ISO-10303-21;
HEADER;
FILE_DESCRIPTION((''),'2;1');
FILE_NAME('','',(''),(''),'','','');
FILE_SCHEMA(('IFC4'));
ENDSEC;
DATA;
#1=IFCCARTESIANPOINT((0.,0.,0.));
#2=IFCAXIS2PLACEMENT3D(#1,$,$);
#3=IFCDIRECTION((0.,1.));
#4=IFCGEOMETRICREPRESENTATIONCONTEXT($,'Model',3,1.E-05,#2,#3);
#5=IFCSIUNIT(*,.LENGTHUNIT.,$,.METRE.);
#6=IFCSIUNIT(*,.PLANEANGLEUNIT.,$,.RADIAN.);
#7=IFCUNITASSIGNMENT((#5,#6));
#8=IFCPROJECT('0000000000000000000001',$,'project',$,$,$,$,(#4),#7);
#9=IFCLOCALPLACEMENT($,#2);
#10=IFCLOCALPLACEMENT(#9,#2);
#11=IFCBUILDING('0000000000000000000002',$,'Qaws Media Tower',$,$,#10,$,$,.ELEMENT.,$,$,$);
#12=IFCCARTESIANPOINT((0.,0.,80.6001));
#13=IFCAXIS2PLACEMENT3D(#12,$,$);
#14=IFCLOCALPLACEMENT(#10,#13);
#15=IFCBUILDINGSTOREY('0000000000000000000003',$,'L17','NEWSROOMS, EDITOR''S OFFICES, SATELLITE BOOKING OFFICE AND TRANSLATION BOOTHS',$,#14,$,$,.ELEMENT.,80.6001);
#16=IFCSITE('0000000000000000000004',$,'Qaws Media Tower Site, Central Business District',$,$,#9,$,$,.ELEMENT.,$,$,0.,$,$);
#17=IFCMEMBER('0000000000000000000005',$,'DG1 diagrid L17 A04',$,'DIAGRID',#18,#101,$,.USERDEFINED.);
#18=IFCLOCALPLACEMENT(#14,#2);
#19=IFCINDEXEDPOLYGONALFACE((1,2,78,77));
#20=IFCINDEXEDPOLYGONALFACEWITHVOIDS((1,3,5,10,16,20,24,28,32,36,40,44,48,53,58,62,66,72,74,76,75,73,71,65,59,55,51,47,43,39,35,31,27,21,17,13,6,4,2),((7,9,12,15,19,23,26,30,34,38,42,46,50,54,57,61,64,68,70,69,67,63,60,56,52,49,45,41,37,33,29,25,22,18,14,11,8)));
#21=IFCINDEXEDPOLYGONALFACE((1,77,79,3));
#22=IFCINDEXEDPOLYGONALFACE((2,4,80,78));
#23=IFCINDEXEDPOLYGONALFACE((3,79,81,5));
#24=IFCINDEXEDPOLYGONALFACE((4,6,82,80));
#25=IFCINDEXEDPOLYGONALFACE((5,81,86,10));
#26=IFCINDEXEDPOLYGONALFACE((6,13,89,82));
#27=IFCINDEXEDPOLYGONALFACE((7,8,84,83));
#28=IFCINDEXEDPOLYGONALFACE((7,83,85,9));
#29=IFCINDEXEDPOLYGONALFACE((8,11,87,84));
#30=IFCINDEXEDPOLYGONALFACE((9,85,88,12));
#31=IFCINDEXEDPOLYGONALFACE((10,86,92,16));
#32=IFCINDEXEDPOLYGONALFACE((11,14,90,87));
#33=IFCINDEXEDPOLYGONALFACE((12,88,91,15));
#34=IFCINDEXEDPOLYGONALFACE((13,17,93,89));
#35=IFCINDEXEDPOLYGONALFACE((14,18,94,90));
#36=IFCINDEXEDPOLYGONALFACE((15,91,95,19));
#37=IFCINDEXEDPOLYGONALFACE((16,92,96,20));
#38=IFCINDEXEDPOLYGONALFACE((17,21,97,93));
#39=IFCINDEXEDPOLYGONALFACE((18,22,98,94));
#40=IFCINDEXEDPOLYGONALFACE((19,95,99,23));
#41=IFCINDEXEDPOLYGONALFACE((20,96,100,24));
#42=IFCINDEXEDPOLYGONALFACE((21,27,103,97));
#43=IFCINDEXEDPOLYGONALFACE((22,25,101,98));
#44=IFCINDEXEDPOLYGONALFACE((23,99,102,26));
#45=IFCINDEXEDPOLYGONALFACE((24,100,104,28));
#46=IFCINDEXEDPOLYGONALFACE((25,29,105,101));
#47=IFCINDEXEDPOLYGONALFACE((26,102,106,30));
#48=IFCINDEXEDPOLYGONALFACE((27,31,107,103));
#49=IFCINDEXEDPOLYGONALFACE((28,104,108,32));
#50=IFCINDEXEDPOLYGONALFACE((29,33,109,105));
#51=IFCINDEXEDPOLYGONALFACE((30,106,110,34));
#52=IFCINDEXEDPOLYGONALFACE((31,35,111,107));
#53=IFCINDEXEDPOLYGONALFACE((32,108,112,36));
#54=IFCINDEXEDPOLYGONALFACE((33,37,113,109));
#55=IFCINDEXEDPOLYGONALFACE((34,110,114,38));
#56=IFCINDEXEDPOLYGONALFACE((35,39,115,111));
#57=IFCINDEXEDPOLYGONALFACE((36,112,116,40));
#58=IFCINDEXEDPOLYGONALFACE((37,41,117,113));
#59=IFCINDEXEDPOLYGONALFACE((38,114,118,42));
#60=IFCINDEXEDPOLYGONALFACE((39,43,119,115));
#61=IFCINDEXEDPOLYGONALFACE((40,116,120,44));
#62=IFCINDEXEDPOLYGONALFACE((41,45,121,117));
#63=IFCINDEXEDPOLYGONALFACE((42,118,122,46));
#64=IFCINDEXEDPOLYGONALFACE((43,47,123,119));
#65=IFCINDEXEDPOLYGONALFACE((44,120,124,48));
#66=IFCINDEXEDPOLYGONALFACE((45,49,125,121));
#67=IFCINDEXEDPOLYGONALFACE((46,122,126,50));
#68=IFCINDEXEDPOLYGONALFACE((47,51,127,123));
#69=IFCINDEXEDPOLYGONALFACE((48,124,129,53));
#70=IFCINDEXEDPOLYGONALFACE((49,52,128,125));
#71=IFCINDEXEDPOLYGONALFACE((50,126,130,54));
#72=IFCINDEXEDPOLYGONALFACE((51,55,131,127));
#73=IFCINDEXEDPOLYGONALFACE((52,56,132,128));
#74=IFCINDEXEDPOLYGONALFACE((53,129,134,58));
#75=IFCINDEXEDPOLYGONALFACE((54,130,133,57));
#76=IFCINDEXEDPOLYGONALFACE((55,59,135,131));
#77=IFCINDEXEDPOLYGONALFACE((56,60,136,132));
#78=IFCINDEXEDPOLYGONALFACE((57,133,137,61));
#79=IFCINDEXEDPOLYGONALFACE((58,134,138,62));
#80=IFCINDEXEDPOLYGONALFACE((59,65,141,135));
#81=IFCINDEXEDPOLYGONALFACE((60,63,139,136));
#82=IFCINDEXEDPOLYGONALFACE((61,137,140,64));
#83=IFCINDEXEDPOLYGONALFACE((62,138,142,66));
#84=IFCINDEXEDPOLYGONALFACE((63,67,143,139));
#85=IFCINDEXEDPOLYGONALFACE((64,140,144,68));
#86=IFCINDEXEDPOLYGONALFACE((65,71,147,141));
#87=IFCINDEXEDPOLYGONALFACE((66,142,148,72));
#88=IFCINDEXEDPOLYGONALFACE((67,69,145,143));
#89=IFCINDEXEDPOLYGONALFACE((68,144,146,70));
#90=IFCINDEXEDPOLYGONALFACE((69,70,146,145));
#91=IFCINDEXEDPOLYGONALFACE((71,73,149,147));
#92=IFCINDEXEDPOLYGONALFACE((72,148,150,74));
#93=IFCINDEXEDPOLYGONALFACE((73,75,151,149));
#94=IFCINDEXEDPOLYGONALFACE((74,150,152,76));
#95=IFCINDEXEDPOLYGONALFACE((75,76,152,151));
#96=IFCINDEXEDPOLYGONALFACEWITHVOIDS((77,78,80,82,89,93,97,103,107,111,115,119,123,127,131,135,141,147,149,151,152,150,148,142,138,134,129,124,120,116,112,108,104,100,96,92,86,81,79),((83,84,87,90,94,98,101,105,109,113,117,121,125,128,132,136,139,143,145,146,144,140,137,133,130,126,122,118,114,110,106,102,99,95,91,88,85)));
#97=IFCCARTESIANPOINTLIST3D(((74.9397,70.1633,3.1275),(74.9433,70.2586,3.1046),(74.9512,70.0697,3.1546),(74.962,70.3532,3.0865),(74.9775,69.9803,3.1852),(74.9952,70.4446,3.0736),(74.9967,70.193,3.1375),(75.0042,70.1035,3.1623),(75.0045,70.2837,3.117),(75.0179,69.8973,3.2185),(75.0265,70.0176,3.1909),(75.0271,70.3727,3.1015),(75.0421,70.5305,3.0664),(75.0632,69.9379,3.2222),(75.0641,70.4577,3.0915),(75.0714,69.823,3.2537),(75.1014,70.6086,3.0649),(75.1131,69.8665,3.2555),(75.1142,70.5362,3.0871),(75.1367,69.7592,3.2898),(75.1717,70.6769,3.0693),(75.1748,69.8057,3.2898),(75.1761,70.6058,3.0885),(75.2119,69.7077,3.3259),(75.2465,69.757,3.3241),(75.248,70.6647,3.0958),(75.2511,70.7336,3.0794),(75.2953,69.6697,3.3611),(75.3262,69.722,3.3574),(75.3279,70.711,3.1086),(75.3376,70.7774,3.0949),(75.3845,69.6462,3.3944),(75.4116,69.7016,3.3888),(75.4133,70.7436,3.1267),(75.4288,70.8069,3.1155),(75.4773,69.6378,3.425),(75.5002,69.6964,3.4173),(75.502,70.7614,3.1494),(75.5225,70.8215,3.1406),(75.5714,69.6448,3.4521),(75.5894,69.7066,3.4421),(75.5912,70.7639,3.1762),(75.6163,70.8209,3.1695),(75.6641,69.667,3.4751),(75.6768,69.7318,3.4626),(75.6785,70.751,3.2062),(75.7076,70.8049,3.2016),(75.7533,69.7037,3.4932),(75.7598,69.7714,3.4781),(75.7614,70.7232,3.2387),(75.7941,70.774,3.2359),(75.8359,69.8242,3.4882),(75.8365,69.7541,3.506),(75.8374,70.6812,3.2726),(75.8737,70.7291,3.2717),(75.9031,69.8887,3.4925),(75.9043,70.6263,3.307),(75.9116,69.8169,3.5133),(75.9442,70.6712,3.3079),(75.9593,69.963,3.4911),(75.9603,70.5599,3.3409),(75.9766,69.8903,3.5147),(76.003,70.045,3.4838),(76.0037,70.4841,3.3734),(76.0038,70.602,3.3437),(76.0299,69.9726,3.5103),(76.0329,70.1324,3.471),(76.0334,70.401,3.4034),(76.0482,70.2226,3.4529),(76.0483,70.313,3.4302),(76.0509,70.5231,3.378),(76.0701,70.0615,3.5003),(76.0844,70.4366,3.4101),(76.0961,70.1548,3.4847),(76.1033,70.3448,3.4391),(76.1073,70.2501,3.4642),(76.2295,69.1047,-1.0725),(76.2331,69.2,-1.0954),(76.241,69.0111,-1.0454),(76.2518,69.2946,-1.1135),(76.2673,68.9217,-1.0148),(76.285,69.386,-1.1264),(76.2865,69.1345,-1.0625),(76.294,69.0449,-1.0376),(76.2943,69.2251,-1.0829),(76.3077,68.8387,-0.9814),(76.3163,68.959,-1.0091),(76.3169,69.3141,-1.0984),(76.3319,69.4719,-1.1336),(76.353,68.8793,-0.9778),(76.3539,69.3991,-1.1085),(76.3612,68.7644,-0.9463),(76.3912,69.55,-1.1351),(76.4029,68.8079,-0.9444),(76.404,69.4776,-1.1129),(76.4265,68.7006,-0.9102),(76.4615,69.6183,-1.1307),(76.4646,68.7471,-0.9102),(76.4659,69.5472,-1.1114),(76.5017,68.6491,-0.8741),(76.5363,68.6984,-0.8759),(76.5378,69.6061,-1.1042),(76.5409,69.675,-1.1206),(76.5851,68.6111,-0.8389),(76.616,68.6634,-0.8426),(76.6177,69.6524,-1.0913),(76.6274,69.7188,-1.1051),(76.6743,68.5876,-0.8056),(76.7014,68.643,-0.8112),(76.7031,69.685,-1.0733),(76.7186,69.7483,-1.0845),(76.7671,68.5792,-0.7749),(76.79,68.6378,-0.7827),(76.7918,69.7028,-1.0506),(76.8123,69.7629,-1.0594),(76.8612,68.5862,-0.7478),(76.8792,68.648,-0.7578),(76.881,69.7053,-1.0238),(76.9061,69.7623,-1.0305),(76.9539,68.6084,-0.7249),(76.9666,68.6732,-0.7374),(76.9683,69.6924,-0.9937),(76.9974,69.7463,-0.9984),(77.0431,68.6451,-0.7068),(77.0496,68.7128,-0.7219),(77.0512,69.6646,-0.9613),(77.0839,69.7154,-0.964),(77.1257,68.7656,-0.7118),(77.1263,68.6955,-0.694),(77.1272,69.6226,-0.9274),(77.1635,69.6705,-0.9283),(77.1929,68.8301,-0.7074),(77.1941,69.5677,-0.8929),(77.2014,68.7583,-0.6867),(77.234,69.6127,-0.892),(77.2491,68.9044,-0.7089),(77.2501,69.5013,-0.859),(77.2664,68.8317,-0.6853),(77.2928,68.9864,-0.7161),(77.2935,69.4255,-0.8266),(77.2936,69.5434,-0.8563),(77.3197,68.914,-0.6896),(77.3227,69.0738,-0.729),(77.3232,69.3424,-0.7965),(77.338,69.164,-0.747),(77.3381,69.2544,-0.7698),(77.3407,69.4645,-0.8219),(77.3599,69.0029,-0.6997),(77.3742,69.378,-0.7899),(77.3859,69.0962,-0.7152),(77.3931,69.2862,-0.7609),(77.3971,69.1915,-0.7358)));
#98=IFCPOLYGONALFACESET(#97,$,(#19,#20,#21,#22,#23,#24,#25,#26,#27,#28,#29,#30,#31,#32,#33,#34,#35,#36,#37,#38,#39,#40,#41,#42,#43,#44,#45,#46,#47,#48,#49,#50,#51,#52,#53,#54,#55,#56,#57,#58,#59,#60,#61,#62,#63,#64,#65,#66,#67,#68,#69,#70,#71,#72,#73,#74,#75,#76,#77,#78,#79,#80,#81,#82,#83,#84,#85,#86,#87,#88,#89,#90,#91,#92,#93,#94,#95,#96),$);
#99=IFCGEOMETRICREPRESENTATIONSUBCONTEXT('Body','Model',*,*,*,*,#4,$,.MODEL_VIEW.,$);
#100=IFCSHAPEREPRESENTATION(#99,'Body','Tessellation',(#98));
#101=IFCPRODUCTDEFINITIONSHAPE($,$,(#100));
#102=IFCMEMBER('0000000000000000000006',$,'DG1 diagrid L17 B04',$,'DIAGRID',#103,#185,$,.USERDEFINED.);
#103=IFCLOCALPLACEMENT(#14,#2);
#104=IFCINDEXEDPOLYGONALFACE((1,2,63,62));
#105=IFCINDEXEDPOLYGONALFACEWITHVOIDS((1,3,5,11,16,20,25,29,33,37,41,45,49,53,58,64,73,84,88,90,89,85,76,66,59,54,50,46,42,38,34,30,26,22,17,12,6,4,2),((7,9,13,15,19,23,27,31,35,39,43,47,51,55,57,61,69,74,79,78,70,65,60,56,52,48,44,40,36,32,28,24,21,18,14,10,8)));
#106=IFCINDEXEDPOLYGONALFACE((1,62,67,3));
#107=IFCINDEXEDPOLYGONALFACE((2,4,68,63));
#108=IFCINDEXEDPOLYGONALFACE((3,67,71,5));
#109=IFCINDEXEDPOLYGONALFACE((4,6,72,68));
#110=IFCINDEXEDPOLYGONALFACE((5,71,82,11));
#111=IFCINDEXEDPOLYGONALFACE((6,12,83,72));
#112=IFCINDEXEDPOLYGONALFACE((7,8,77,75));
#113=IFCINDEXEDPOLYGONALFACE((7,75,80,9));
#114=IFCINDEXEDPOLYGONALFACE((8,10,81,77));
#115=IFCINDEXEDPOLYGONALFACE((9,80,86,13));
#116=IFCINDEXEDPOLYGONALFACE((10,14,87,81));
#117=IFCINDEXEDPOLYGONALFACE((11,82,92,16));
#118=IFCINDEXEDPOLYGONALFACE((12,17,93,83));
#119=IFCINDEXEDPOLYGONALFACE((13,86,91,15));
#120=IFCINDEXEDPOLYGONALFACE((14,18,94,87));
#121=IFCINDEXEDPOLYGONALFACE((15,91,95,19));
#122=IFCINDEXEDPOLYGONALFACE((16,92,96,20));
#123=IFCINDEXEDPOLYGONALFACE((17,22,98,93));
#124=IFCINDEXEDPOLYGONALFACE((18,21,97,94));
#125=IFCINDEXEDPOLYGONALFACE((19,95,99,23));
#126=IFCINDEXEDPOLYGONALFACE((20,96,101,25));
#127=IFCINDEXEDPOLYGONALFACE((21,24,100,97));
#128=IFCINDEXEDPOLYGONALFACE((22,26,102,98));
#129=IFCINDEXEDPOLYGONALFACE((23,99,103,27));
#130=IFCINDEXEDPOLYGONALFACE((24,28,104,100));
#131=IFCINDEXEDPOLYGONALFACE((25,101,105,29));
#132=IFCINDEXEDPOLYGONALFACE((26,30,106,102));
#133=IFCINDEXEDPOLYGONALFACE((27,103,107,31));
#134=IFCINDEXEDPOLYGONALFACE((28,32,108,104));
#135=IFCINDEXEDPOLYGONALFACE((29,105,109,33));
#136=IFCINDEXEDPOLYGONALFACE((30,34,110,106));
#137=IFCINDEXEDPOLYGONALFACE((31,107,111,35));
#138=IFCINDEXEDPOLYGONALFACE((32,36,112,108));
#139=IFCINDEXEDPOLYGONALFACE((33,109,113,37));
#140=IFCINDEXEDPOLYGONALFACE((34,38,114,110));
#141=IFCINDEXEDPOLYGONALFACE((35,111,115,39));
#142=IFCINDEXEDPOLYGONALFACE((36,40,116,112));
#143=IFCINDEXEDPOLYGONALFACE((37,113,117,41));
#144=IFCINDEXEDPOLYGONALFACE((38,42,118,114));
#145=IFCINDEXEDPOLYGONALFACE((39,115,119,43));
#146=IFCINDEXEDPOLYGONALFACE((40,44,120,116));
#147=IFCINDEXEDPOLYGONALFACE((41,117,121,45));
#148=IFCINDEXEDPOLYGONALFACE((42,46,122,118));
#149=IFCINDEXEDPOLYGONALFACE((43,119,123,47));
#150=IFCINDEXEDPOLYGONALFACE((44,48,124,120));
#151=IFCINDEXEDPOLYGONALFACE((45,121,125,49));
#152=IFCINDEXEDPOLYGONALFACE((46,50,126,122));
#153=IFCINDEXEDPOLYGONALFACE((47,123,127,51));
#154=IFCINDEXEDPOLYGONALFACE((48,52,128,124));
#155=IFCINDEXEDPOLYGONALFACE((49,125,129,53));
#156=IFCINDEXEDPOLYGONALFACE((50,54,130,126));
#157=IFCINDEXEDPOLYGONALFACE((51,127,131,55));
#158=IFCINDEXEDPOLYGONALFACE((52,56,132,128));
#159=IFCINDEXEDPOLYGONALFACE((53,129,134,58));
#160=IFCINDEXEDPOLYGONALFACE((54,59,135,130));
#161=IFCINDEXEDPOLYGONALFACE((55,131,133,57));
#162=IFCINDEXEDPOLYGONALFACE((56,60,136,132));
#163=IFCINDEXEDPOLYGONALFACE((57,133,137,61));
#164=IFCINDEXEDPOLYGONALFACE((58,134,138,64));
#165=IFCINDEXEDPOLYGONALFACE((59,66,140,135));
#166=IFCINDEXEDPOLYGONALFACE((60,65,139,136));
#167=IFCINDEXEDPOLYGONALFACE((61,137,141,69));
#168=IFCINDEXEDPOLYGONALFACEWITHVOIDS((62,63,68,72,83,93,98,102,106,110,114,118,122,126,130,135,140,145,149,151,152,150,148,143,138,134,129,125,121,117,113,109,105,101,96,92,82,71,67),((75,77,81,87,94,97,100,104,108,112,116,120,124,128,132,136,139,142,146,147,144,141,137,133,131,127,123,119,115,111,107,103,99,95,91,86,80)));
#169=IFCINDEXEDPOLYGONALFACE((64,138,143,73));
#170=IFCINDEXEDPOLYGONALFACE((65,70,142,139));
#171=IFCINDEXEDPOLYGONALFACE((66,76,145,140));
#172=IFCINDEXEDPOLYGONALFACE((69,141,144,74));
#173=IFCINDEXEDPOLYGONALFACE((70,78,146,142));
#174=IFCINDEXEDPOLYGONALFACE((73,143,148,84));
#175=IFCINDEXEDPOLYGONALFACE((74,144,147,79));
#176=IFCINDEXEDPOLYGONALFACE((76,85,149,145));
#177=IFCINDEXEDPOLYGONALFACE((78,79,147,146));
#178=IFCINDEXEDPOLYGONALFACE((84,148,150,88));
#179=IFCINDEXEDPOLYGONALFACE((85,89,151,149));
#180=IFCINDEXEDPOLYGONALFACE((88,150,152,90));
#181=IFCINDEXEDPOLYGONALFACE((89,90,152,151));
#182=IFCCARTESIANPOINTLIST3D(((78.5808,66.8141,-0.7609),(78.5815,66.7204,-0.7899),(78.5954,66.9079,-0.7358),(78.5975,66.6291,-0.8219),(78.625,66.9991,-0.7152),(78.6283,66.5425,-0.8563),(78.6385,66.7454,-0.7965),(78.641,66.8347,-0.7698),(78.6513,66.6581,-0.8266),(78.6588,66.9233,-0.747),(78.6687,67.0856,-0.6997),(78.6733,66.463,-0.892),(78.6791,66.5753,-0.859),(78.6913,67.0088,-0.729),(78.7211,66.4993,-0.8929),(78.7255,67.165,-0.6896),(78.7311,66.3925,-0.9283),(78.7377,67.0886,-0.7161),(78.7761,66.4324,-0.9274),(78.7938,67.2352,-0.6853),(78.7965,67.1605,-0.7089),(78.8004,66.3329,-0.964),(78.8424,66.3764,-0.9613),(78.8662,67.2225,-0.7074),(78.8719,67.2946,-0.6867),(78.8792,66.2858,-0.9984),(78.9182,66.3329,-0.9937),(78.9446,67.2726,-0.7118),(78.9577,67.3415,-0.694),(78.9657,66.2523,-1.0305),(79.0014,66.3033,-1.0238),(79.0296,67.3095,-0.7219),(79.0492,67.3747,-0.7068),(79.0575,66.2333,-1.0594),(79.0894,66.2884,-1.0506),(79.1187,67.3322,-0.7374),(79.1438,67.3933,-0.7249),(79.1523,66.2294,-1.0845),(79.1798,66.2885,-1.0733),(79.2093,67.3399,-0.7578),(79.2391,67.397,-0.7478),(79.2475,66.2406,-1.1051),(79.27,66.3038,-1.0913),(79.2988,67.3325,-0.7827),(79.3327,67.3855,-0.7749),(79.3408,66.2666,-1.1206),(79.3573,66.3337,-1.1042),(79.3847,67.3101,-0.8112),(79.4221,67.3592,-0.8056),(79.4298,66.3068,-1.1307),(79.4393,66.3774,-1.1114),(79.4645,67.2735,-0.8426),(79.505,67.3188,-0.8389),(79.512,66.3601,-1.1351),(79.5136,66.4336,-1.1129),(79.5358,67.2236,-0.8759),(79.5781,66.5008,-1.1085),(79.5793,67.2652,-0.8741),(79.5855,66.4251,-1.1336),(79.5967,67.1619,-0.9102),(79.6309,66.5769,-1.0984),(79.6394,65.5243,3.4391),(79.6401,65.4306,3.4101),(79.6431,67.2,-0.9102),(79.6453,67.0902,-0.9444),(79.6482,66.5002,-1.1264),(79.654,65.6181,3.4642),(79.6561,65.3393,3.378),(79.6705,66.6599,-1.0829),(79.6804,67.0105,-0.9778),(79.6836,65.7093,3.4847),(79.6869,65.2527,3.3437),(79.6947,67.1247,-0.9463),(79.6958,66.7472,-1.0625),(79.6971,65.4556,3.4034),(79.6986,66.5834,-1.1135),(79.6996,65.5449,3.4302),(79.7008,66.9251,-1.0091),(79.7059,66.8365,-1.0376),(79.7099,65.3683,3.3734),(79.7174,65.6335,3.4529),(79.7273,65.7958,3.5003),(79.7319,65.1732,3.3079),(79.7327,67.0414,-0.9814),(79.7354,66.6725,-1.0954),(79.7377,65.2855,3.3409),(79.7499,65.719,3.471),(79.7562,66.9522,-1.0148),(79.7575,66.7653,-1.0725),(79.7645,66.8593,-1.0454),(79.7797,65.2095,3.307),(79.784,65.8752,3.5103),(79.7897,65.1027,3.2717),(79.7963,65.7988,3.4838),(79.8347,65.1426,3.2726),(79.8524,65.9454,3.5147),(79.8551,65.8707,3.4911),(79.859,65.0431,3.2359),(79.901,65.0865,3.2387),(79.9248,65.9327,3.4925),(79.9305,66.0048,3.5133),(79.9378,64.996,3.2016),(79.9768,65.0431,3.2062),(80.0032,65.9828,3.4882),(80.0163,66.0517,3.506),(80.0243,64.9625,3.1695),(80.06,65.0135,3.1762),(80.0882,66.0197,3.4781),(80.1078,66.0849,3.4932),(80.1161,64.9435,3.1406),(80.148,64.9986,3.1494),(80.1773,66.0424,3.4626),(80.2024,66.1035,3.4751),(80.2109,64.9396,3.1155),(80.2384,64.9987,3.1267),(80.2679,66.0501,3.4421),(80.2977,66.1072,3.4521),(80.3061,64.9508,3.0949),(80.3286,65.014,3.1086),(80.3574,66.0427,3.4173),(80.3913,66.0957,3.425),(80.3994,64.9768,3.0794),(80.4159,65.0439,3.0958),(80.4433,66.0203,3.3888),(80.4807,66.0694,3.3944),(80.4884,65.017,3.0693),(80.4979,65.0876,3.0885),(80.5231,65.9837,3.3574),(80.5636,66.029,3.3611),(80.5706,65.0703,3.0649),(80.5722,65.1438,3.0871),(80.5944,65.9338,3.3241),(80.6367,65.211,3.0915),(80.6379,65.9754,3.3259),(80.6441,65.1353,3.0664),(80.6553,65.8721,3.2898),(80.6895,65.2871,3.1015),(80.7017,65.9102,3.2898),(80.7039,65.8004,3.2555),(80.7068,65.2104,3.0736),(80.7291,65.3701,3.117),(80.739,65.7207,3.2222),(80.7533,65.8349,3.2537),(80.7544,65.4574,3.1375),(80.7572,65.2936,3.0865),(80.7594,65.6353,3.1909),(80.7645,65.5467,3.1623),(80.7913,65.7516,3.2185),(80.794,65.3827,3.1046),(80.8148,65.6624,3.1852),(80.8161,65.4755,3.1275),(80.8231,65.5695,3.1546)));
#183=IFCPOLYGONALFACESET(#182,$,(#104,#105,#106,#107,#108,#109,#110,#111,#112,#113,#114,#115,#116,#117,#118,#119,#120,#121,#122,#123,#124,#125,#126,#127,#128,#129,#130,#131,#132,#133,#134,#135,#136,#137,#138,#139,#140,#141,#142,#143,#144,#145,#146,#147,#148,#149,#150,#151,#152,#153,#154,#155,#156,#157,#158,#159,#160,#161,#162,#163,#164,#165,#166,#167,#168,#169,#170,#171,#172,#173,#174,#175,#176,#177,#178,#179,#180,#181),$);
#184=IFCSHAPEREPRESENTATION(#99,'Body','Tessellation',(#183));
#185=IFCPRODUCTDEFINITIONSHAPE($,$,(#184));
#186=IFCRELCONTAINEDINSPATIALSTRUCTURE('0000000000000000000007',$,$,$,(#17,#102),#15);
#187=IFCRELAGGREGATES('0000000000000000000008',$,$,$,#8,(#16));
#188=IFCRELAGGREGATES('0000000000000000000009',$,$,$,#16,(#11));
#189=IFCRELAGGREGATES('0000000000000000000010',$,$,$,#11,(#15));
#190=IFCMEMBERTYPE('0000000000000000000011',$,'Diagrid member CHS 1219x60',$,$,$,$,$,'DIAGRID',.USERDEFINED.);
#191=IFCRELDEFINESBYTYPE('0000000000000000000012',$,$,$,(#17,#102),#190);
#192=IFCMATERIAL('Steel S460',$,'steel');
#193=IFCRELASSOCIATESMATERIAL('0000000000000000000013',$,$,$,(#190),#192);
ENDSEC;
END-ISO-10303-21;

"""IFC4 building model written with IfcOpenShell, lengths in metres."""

from ifc_helpers import new_model, si_unit, direction, frame, origin, origin_2d, place, context, subcontext, project, spatial, hollow_circle, extrude, material, material_profile, profile_set, type_object, element, save


model = new_model("IFC4")

# Units and contexts
model_context = context("Model", 3, precision=1e-05, world=origin(), true_north=direction((0.0, 1.0)))
body_context = subcontext(model_context, "Body", "Model", "MODEL_VIEW")
ifc_project = project(units=[si_unit("LENGTHUNIT", "METRE"), si_unit("PLANEANGLEUNIT", "RADIAN")], contexts=[model_context])

# Site, building, storey
site_placement = place(None, origin())
site = spatial("IfcSite", under=ifc_project, at=site_placement, Name="Qaws Media Tower Site, Central Business District", CompositionType="ELEMENT", RefElevation=0.0)
building_placement = place(site_placement, origin())
building = spatial("IfcBuilding", under=site, at=building_placement, Name="Qaws Media Tower", CompositionType="ELEMENT")
storey_placement = place(building_placement, frame((0.0, 0.0, 80.6001)))
storey = spatial("IfcBuildingStorey", under=building, at=storey_placement, Name="L17", Description="NEWSROOMS, EDITOR'S OFFICES, SATELLITE BOOKING OFFICE AND TRANSLATION BOOTHS", CompositionType="ELEMENT", Elevation=80.6001)

# Members
ifc_material_1 = material(Name="Steel S460", Category="steel")
ifc_material_profile_1 = material_profile(ifc_material_1, hollow_circle(Radius=0.6096, WallThickness=0.0601, at=origin_2d()), Name="CHS 1219x60")
ifc_profile_set_1 = profile_set([ifc_material_profile_1], Name="Steel S460")
member_type_1 = type_object("IfcMemberType", Name="Diagrid member CHS 1219x60", ElementType="DIAGRID", PredefinedType="USERDEFINED", material=ifc_profile_set_1)
for number, where, z_axis, x_axis, name in (
    (1, (76.8132, 69.1719, -0.9102), (-0.285399, 0.23424, 0.929343), (-0.634424, -0.772985, 0.0), "DG1 diagrid L17 A04"),
    (2, (79.1719, 66.8132, -0.9102), (0.23424, -0.285399, 0.929343), (0.772985, 0.634424, 0.0), "DG1 diagrid L17 B04"),
):
    element("IfcMember", number, at=place(storey_placement, frame(where, z_axis=z_axis, x_axis=x_axis)), inside=storey, type_object=member_type_1, Name=name, ObjectType="DIAGRID", PredefinedType="USERDEFINED", context=body_context, shape_type="SweptSolid", body=[
        extrude(hollow_circle(Radius=0.6096, WallThickness=0.0601, at=origin_2d()), origin(), (0.0, 0.0, 1.0), 4.5193),
    ])

save(model, "model.ifc")
